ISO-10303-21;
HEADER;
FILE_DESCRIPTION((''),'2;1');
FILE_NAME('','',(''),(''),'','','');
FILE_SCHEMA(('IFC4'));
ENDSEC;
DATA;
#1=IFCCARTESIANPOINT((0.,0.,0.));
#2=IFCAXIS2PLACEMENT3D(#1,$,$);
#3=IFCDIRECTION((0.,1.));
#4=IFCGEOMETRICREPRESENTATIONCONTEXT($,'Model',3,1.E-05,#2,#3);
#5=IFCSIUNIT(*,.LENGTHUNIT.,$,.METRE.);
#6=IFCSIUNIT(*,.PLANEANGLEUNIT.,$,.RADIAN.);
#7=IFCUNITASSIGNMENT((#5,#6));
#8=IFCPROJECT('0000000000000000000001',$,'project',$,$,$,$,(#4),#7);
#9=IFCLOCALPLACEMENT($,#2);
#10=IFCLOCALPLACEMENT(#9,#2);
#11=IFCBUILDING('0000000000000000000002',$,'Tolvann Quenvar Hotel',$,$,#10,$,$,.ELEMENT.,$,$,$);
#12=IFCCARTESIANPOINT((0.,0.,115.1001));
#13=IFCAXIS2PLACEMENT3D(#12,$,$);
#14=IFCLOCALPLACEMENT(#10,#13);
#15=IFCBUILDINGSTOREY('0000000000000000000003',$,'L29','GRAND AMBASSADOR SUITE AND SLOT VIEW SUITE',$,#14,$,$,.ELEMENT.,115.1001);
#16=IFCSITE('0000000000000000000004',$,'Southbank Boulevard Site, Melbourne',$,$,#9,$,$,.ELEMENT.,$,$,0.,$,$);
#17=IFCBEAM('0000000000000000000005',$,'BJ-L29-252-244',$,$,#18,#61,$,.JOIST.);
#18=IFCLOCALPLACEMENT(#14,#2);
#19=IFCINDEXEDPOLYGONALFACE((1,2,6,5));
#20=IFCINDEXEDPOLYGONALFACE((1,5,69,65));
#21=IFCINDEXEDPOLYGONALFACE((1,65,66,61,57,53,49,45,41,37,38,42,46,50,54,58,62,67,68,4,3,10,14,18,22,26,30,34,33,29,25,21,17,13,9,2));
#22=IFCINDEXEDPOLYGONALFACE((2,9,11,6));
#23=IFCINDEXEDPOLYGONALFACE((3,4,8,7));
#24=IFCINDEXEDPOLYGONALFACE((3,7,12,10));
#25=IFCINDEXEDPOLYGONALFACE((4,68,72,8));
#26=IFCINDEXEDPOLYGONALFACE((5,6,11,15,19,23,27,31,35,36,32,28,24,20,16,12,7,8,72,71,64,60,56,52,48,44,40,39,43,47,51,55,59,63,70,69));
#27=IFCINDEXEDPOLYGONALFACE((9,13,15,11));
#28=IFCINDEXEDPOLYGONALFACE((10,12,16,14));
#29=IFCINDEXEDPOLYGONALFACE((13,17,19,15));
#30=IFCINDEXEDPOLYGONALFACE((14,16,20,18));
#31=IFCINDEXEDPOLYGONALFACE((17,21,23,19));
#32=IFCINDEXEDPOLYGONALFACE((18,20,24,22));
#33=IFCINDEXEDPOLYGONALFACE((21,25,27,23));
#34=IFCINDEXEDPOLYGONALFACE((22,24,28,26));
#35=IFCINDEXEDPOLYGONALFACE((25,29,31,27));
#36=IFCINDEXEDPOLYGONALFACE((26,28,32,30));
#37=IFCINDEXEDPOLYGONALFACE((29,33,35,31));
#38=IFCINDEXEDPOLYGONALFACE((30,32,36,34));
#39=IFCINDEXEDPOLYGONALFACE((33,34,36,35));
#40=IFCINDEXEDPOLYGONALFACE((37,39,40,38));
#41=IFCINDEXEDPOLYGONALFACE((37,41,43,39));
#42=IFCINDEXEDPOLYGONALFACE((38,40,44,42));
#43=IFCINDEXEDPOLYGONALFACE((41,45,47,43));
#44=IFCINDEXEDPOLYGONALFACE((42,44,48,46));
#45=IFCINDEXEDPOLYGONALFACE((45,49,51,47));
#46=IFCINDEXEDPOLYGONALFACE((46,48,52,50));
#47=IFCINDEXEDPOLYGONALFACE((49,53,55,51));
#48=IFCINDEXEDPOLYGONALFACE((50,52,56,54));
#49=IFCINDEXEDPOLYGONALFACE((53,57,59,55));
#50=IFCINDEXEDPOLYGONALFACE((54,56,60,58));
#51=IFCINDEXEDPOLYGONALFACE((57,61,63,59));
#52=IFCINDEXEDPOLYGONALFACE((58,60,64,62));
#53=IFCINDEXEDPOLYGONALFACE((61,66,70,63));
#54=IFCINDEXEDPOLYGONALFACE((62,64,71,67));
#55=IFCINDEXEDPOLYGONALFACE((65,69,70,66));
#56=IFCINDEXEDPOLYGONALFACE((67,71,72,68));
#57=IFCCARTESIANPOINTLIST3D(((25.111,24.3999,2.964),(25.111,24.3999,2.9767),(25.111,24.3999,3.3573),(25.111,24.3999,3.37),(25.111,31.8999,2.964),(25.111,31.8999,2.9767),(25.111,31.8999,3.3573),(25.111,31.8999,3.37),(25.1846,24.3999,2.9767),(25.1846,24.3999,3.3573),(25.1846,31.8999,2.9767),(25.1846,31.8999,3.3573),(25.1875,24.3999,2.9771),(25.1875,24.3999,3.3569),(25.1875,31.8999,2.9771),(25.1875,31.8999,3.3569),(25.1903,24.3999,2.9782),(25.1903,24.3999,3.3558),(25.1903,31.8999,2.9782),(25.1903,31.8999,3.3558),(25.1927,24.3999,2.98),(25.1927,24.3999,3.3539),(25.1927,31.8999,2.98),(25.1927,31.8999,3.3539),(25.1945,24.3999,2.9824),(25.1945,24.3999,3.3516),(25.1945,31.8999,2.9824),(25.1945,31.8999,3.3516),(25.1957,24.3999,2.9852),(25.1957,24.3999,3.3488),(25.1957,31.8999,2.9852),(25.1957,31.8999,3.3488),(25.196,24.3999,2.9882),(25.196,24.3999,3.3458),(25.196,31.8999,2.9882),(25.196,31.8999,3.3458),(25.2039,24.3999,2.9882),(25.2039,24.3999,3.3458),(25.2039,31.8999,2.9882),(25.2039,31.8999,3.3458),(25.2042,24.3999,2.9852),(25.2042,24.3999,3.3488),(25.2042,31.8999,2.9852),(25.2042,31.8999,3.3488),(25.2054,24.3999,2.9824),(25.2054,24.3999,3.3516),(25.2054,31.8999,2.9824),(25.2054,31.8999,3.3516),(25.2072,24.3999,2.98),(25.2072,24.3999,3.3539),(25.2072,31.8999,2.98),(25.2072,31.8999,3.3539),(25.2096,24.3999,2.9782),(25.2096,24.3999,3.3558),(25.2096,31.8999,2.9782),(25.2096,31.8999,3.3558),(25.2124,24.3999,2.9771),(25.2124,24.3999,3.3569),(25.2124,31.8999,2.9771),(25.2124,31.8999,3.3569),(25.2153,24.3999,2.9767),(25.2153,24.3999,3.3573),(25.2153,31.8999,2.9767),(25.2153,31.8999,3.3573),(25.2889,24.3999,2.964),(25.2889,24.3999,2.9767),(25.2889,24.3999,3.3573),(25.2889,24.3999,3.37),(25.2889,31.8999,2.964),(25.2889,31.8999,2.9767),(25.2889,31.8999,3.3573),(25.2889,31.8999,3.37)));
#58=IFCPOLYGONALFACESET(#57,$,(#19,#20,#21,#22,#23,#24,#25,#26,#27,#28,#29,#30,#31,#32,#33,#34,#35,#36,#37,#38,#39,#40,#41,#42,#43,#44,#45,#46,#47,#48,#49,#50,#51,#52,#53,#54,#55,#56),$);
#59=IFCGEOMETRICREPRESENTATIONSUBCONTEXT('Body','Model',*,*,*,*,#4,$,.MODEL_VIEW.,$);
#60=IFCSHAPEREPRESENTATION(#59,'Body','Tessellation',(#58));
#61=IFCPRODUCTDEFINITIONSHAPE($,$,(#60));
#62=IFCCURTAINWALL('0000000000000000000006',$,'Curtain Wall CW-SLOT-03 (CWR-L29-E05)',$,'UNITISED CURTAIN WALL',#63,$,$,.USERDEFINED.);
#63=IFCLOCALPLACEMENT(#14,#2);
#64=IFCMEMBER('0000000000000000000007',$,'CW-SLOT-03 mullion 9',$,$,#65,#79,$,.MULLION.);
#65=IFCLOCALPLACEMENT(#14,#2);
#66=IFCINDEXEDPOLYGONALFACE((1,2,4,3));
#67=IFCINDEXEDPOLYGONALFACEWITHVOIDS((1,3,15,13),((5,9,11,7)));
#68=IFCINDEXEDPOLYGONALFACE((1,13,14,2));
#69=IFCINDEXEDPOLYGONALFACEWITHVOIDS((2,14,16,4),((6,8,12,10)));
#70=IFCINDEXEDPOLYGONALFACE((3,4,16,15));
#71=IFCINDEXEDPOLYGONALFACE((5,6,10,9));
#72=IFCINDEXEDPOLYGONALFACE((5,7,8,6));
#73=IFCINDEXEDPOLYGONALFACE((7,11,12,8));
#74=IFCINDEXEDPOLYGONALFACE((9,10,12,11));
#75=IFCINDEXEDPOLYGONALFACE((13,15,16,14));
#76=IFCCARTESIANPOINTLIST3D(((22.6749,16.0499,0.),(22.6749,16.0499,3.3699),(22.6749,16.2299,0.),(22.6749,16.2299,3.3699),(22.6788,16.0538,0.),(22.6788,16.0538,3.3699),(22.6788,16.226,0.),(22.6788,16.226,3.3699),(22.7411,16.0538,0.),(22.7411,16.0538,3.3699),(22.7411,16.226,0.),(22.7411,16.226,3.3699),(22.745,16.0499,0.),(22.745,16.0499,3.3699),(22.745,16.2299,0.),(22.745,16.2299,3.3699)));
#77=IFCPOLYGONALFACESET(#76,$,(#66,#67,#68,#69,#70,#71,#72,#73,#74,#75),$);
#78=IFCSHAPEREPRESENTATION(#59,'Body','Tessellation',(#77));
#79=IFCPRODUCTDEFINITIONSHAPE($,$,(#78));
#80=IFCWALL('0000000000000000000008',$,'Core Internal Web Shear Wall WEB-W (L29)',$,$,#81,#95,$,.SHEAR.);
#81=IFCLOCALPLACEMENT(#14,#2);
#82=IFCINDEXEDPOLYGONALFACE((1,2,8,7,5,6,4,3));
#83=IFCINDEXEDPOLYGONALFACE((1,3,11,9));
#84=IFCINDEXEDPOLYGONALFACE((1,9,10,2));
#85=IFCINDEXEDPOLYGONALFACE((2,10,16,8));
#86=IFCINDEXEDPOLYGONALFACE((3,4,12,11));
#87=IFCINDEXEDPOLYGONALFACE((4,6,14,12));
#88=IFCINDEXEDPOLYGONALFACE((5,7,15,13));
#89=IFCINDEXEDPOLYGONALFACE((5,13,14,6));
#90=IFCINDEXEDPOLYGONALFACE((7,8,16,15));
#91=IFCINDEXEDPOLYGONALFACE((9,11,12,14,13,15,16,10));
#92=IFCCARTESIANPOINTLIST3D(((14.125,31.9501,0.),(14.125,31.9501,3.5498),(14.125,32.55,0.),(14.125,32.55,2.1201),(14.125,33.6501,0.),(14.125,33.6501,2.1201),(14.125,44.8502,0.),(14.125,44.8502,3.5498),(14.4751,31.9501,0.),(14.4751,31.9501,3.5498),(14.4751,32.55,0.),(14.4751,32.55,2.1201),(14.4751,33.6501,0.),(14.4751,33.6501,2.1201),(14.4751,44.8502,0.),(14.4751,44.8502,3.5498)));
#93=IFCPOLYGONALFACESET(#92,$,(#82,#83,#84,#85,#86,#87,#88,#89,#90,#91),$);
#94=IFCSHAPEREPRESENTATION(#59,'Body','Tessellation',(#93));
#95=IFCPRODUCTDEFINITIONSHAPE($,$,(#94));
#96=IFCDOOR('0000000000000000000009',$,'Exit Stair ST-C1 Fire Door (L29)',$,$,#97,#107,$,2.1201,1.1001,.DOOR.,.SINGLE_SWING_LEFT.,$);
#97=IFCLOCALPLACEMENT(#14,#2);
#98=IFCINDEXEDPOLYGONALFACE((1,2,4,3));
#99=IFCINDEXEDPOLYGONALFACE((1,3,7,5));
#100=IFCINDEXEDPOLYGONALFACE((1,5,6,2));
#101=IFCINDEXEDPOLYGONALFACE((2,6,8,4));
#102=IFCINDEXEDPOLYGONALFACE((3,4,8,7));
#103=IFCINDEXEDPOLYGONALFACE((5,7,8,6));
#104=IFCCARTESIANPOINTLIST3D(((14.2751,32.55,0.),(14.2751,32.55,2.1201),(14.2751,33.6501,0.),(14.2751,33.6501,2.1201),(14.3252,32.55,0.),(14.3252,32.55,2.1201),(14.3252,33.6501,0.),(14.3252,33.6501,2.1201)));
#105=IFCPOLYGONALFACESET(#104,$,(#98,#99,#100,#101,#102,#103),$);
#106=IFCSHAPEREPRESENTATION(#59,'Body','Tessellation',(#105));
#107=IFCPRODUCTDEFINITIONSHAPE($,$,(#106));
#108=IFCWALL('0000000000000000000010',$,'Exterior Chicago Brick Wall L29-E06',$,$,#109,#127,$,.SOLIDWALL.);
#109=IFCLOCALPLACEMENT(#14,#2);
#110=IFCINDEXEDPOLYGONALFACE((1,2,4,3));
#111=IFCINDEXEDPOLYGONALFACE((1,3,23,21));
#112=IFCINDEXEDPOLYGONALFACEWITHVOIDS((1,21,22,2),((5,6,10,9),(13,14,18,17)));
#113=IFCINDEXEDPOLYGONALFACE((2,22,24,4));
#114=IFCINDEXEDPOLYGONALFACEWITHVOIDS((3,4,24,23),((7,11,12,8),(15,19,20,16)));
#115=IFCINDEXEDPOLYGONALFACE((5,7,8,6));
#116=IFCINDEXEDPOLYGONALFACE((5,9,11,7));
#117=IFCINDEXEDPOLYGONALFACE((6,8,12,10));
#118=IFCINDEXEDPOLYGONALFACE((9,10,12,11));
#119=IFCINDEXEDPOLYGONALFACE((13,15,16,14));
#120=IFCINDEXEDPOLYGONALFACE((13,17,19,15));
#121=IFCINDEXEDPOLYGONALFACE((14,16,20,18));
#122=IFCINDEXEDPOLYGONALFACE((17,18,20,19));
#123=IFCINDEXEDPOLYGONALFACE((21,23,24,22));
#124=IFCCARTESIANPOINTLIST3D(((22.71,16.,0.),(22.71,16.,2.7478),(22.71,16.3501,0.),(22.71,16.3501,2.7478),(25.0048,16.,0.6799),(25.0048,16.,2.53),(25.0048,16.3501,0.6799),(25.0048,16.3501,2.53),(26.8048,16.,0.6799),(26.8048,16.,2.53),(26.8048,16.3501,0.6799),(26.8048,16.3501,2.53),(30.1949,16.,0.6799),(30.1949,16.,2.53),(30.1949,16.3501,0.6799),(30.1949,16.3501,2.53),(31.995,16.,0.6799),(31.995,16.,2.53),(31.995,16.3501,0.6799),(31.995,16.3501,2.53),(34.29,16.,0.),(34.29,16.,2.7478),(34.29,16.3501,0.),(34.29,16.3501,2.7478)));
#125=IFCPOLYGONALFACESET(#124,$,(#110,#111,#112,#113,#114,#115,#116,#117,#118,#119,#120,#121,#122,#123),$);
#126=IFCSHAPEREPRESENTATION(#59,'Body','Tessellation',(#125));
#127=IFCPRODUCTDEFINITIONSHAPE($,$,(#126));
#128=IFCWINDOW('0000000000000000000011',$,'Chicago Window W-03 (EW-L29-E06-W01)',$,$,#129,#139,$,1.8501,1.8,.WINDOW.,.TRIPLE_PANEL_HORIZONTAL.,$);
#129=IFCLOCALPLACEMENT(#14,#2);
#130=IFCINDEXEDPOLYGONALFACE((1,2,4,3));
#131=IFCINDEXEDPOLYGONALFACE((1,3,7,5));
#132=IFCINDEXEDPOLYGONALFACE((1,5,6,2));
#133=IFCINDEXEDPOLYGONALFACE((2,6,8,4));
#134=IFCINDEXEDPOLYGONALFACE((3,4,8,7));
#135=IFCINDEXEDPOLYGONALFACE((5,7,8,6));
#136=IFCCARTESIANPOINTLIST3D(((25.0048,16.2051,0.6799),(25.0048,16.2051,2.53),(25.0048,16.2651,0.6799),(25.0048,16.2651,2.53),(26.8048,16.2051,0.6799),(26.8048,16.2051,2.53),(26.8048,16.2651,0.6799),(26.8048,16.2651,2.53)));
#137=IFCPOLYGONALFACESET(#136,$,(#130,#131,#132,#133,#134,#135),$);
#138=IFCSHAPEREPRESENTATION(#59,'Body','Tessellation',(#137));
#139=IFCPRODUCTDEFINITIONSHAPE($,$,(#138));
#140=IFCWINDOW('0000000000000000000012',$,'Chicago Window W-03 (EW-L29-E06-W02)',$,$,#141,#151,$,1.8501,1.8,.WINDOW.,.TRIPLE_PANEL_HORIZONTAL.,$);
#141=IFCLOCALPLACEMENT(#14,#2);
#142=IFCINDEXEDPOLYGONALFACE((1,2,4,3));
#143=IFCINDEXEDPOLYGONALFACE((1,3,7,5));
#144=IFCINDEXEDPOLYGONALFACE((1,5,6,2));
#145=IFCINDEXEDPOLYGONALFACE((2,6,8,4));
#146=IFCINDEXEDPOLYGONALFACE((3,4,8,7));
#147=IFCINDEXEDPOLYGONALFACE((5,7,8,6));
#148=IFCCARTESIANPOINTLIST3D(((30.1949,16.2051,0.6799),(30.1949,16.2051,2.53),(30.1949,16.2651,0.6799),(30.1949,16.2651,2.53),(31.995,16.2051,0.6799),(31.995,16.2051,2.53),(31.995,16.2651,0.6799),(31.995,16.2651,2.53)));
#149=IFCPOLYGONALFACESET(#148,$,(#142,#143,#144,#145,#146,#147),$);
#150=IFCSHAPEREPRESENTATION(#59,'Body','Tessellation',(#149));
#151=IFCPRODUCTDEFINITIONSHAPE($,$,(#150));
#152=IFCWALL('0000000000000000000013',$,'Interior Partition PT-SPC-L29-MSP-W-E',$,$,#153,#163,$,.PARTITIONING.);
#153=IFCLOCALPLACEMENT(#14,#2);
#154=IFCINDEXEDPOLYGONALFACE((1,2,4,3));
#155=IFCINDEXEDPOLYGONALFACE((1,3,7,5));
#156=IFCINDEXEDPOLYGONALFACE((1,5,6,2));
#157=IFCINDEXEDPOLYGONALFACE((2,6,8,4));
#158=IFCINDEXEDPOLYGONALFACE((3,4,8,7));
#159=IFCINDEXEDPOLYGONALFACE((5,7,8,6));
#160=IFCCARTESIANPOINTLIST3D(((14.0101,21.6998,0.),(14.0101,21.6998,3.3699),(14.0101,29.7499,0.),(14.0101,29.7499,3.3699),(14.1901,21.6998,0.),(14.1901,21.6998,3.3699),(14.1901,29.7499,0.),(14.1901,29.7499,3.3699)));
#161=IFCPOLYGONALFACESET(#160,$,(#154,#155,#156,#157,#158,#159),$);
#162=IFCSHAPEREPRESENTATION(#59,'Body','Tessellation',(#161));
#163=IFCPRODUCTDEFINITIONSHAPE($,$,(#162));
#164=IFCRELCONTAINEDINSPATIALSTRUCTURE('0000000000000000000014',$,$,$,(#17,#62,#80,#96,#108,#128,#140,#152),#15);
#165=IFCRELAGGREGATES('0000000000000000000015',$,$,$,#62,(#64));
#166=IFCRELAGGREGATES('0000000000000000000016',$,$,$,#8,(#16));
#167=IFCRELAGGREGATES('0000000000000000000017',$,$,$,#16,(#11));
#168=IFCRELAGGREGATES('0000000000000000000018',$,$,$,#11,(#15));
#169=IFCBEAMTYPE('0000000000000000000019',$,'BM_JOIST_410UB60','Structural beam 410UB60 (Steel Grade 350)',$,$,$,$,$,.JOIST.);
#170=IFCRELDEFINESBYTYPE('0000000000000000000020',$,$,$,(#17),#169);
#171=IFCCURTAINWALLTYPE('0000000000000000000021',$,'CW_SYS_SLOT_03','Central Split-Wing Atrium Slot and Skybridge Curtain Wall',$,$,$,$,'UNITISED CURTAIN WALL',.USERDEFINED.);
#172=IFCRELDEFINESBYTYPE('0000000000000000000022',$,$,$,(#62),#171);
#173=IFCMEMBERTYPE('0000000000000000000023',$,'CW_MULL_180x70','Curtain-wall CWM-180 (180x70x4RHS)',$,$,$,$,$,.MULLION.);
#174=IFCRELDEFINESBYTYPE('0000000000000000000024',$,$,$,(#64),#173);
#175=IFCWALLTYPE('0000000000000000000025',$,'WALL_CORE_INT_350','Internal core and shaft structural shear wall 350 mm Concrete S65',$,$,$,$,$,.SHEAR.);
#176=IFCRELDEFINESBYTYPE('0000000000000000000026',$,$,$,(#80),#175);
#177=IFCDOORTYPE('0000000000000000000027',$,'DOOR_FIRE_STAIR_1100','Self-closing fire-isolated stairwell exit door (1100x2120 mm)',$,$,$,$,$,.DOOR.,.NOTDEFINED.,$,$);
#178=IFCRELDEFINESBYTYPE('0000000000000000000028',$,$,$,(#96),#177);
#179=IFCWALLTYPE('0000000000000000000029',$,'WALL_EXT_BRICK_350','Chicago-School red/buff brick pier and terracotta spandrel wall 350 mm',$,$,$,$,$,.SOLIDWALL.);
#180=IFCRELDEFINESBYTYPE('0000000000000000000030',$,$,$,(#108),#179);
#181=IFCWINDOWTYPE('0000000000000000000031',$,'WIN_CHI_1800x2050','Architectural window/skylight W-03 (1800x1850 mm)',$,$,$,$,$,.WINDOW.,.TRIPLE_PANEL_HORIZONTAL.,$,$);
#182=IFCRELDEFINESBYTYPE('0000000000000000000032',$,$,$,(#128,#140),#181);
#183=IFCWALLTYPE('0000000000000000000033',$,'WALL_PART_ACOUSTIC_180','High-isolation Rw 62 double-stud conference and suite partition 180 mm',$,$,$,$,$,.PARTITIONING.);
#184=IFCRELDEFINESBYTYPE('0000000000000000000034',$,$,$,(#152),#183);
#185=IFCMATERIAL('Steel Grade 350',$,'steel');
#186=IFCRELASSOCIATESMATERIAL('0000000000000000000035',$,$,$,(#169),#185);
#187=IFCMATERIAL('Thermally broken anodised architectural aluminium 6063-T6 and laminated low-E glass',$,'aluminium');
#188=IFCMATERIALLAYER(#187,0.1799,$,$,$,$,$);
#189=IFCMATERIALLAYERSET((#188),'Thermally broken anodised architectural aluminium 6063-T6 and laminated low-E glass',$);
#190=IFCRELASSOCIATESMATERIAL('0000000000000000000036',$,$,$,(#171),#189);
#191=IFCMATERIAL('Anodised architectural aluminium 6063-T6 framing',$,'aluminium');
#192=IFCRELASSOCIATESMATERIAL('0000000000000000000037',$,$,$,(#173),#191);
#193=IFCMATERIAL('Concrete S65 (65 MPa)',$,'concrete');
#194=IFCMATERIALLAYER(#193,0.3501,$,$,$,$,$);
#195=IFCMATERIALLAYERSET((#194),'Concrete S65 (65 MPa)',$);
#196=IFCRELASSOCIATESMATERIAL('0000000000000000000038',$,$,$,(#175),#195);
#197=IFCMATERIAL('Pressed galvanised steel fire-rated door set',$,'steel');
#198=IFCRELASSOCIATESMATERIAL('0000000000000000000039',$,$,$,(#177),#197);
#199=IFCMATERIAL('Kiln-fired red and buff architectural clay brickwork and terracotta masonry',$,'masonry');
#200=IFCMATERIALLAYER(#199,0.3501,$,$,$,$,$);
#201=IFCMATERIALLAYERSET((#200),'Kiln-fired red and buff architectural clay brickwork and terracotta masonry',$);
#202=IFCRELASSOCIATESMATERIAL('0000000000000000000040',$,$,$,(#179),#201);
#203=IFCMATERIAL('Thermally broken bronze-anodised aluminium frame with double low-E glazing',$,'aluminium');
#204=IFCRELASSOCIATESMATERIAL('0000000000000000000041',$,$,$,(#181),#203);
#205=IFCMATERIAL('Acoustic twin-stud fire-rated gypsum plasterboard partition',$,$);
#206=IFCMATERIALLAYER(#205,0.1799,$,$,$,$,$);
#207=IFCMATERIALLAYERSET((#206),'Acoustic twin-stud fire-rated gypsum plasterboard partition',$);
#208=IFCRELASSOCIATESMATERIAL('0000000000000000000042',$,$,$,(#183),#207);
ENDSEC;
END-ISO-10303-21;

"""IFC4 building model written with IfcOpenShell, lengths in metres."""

from ifc_helpers import new_model, si_unit, direction, frame, frame_2d, origin, origin_2d, place, context, subcontext, project, spatial, rectangle, hollow_rectangle, i_section, extrude, source, transform, mapped, material, layer, layer_set, material_profile, profile_set, type_object, type_shapes, element, fill, aggregate, save


model = new_model("IFC4")

# Units and contexts
model_context = context("Model", 3, precision=1e-05, world=origin(), true_north=direction((0.0, 1.0)))
body_context = subcontext(model_context, "Body", "Model", "MODEL_VIEW")
ifc_project = project(units=[si_unit("LENGTHUNIT", "METRE"), si_unit("PLANEANGLEUNIT", "RADIAN")], contexts=[model_context])

# Site, building, storey
site_placement = place(None, origin())
site = spatial("IfcSite", under=ifc_project, at=site_placement, Name="Southbank Boulevard Site, Melbourne", CompositionType="ELEMENT", RefElevation=0.0)
building_placement = place(site_placement, origin())
building = spatial("IfcBuilding", under=site, at=building_placement, Name="Tolvann Quenvar Hotel", CompositionType="ELEMENT")
storey_placement = place(building_placement, frame((0.0, 0.0, 115.1001)))
storey = spatial("IfcBuildingStorey", under=building, at=storey_placement, Name="L29", Description="GRAND AMBASSADOR SUITE AND SLOT VIEW SUITE", CompositionType="ELEMENT", Elevation=115.1001)

# Shared definitions
ifc_material_1 = material(Name="Concrete S65 (65 MPa)", Category="concrete")
ifc_material_2 = material(Name="Steel Grade 350", Category="steel")

# Beam
ifc_material_profile_1 = material_profile(ifc_material_2, i_section(OverallWidth=0.178, OverallDepth=0.406, WebThickness=0.0078, FlangeThickness=0.0127, FilletRadius=0.0115, at=origin_2d()), Name="410UB60")
ifc_profile_set_1 = profile_set([ifc_material_profile_1], Name="Steel Grade 350")
beam_type_1 = type_object("IfcBeamType", Name="BM_JOIST_410UB60", Description="Structural beam 410UB60 (Steel Grade 350)", PredefinedType="JOIST", material=ifc_profile_set_1)
shared_shape_1 = source(origin(), body_context, "Body", "SweptSolid", [
    extrude(i_section(OverallWidth=0.178, OverallDepth=0.406, WebThickness=0.0078, FlangeThickness=0.0127, FilletRadius=0.0115, at=origin_2d()), origin(), (0.0, 0.0, 1.0), 7.5),
])
beam_1_placement = place(storey_placement, frame((25.2, 24.3999, 3.167), z_axis=(0.0, 1.0, 0.0), x_axis=(-1.0, 0.0, 0.0)))
element("IfcBeam", 1, at=beam_1_placement, inside=storey, type_object=beam_type_1, Name="BJ-L29-252-244", PredefinedType="JOIST", context=body_context, shape_type="MappedRepresentation", body=[
    mapped(shared_shape_1, transform((0.0, 0.0, 0.0), x_axis=(1.0, 0.0, 0.0), y_axis=(0.0, 1.0, 0.0), z_axis=(0.0, 0.0, 1.0), scale=1.0)),
])

# Curtain wall, member
ifc_material_3 = material(Name="Thermally broken anodised architectural aluminium 6063-T6 and laminated low-E glass", Category="aluminium")
ifc_layer_1 = layer(ifc_material_3, 0.1799)
ifc_layer_set_1 = layer_set([ifc_layer_1], Name="Thermally broken anodised architectural aluminium 6063-T6 and laminated low-E glass")
curtain_wall_type = type_object("IfcCurtainWallType", Name="CW_SYS_SLOT_03", Description="Central Split-Wing Atrium Slot and Skybridge Curtain Wall", ElementType="UNITISED CURTAIN WALL", PredefinedType="USERDEFINED", material=ifc_layer_set_1)
curtain_wall_placement = place(storey_placement, origin())
curtain_wall = element("IfcCurtainWall", 2, at=curtain_wall_placement, inside=storey, type_object=curtain_wall_type, Name="Curtain Wall CW-SLOT-03 (CWR-L29-E05)", ObjectType="UNITISED CURTAIN WALL", PredefinedType="USERDEFINED")
ifc_material_4 = material(Name="Anodised architectural aluminium 6063-T6 framing", Category="aluminium")
ifc_material_profile_2 = material_profile(ifc_material_4, hollow_rectangle(XDim=0.0701, YDim=0.1799, WallThickness=0.0039, at=origin_2d()), Name="180x70x4RHS")
ifc_profile_set_2 = profile_set([ifc_material_profile_2], Name="Anodised architectural aluminium 6063-T6 framing")
member_type = type_object("IfcMemberType", Name="CW_MULL_180x70", Description="Curtain-wall CWM-180 (180x70x4RHS)", PredefinedType="MULLION", material=ifc_profile_set_2)
shared_shape_2 = source(origin(), body_context, "Body", "SweptSolid", [
    extrude(hollow_rectangle(XDim=0.0701, YDim=0.1799, WallThickness=0.0039, at=origin_2d()), origin(), (0.0, 0.0, 1.0), 3.3699),
])
type_shapes(member_type, [shared_shape_2])
member_placement = place(storey_placement, frame((22.71, 16.1399, 0.0), z_axis=(0.0, 0.0, 1.0), x_axis=(-1.0, 0.0, 0.0)))
member = element("IfcMember", 3, at=member_placement, type_object=member_type, Name="CW-SLOT-03 mullion 9", PredefinedType="MULLION", context=body_context, shape_type="MappedRepresentation", body=[
    mapped(shared_shape_2, transform((0.0, 0.0, 0.0), x_axis=(1.0, 0.0, 0.0), y_axis=(0.0, 1.0, 0.0), z_axis=(0.0, 0.0, 1.0), scale=1.0)),
])
aggregate(curtain_wall, [member])

# Wall, opening, door
ifc_layer_2 = layer(ifc_material_1, 0.3501)
ifc_layer_set_2 = layer_set([ifc_layer_2], Name="Concrete S65 (65 MPa)")
wall_type_1 = type_object("IfcWallType", Name="WALL_CORE_INT_350", Description="Internal core and shaft structural shear wall 350 mm Concrete S65", PredefinedType="SHEAR", material=ifc_layer_set_2)
wall_1_placement = place(storey_placement, frame((14.3, 31.95, 0.0), z_axis=(0.0, 0.0, 1.0), x_axis=(0.0, 1.0, 0.0)))
wall_1 = element("IfcWall", 4, at=wall_1_placement, inside=storey, type_object=wall_type_1, Name="Core Internal Web Shear Wall WEB-W (L29)", PredefinedType="SHEAR", context=body_context, shape_type="SweptSolid", body=[
    extrude(rectangle(XDim=12.9001, YDim=0.3501, at=frame_2d((6.4502, 0.0))), origin(), (0.0, 0.0, 1.0), 3.5498),
])
opening_1_placement = place(wall_1_placement, frame((0.6001, 0.0, 0.0)))
opening_1 = element("IfcOpeningElement", 5, at=opening_1_placement, cuts=wall_1, PredefinedType="OPENING", context=body_context, shape_type="SweptSolid", body=[
    extrude(rectangle(XDim=1.1001, YDim=2.1201, at=frame_2d((0.55, 1.0601))), frame((0.0, 0.1851, 0.0), z_axis=(0.0, -1.0, 0.0), x_axis=(1.0, 0.0, 0.0)), (0.0, 0.0, 1.0), 0.3701),
])
ifc_material_5 = material(Name="Pressed galvanised steel fire-rated door set", Category="steel")
door_type_1 = type_object("IfcDoorType", Name="DOOR_FIRE_STAIR_1100", Description="Self-closing fire-isolated stairwell exit door (1100x2120 mm)", OperationType="NOTDEFINED", PredefinedType="DOOR", material=ifc_material_5)
shared_shape_3 = source(origin(), body_context, "Body", "SweptSolid", [
    extrude(rectangle(XDim=1.1001, YDim=2.1201, at=frame_2d((0.55, 1.0601))), frame((0.0, 0.0249, 0.0), z_axis=(0.0, -1.0, 0.0), x_axis=(1.0, 0.0, 0.0)), (0.0, 0.0, 1.0), 0.05),
])
type_shapes(door_type_1, [shared_shape_3])
door_1_placement = place(opening_1_placement, origin())
door_1 = element("IfcDoor", 6, at=door_1_placement, inside=storey, type_object=door_type_1, Name="Exit Stair ST-C1 Fire Door (L29)", OperationType="SINGLE_SWING_LEFT", OverallHeight=2.1201, OverallWidth=1.1001, PredefinedType="DOOR", context=body_context, shape_type="MappedRepresentation", body=[
    mapped(shared_shape_3, transform((0.0, 0.0, 0.0), x_axis=(1.0, 0.0, 0.0), y_axis=(0.0, 1.0, 0.0), z_axis=(0.0, 0.0, 1.0), scale=1.0)),
])
fill(opening_1, door_1)

# Wall, openings, windows
ifc_material_6 = material(Name="Kiln-fired red and buff architectural clay brickwork and terracotta masonry", Category="masonry")
ifc_layer_3 = layer(ifc_material_6, 0.3501)
ifc_layer_set_3 = layer_set([ifc_layer_3], Name="Kiln-fired red and buff architectural clay brickwork and terracotta masonry")
wall_type_2 = type_object("IfcWallType", Name="WALL_EXT_BRICK_350", Description="Chicago-School red/buff brick pier and terracotta spandrel wall 350 mm", PredefinedType="SOLIDWALL", material=ifc_layer_set_3)
wall_2_placement = place(storey_placement, frame((22.71, 16.175, 0.0), z_axis=(0.0, 0.0, 1.0), x_axis=(1.0, 0.0, 0.0)))
wall_2 = element("IfcWall", 7, at=wall_2_placement, inside=storey, type_object=wall_type_2, Name="Exterior Chicago Brick Wall L29-E06", PredefinedType="SOLIDWALL", context=body_context, shape_type="SweptSolid", body=[
    extrude(rectangle(XDim=11.5801, YDim=0.3501, at=frame_2d((5.79, 0.0))), origin(), (0.0, 0.0, 1.0), 2.7478),
])
opening_2_placement = place(wall_2_placement, frame((2.2949, 0.0, 0.6799)))
opening_2 = element("IfcOpeningElement", 8, at=opening_2_placement, cuts=wall_2, PredefinedType="OPENING", context=body_context, shape_type="SweptSolid", body=[
    extrude(rectangle(XDim=1.8, YDim=1.8501, at=frame_2d((0.8999, 0.925))), frame((0.0, 0.1851, 0.0), z_axis=(0.0, -1.0, 0.0), x_axis=(1.0, 0.0, 0.0)), (0.0, 0.0, 1.0), 0.3701),
])
opening_3_placement = place(wall_2_placement, frame((7.4851, 0.0, 0.6799)))
opening_3 = element("IfcOpeningElement", 9, at=opening_3_placement, cuts=wall_2, PredefinedType="OPENING", context=body_context, shape_type="SweptSolid", body=[
    extrude(rectangle(XDim=1.8, YDim=1.8501, at=frame_2d((0.8999, 0.925))), frame((0.0, 0.1851, 0.0), z_axis=(0.0, -1.0, 0.0), x_axis=(1.0, 0.0, 0.0)), (0.0, 0.0, 1.0), 0.3701),
])
ifc_material_7 = material(Name="Thermally broken bronze-anodised aluminium frame with double low-E glazing", Category="aluminium")
window_type = type_object("IfcWindowType", Name="WIN_CHI_1800x2050", Description="Architectural window/skylight W-03 (1800x1850 mm)", PartitioningType="TRIPLE_PANEL_HORIZONTAL", PredefinedType="WINDOW", material=ifc_material_7)
shared_shape_4 = source(origin(), body_context, "Body", "SweptSolid", [
    extrude(rectangle(XDim=1.8, YDim=1.8501, at=frame_2d((0.8999, 0.925))), frame((0.0, 0.0901, 0.0), z_axis=(0.0, -1.0, 0.0), x_axis=(1.0, 0.0, 0.0)), (0.0, 0.0, 1.0), 0.0601),
])
type_shapes(window_type, [shared_shape_4])
window_1_placement = place(opening_2_placement, origin())
window_1 = element("IfcWindow", 10, at=window_1_placement, inside=storey, type_object=window_type, Name="Chicago Window W-03 (EW-L29-E06-W01)", OverallHeight=1.8501, OverallWidth=1.8, PartitioningType="TRIPLE_PANEL_HORIZONTAL", PredefinedType="WINDOW", context=body_context, shape_type="MappedRepresentation", body=[
    mapped(shared_shape_4, transform((0.0, 0.0, 0.0), x_axis=(1.0, 0.0, 0.0), y_axis=(0.0, 1.0, 0.0), z_axis=(0.0, 0.0, 1.0), scale=1.0)),
])
fill(opening_2, window_1)
window_2_placement = place(opening_3_placement, origin())
window_2 = element("IfcWindow", 11, at=window_2_placement, inside=storey, type_object=window_type, Name="Chicago Window W-03 (EW-L29-E06-W02)", OverallHeight=1.8501, OverallWidth=1.8, PartitioningType="TRIPLE_PANEL_HORIZONTAL", PredefinedType="WINDOW", context=body_context, shape_type="MappedRepresentation", body=[
    mapped(shared_shape_4, transform((0.0, 0.0, 0.0), x_axis=(1.0, 0.0, 0.0), y_axis=(0.0, 1.0, 0.0), z_axis=(0.0, 0.0, 1.0), scale=1.0)),
])
fill(opening_3, window_2)

# Wall
ifc_material_8 = material(Name="Acoustic twin-stud fire-rated gypsum plasterboard partition")
ifc_layer_4 = layer(ifc_material_8, 0.1799)
ifc_layer_set_4 = layer_set([ifc_layer_4], Name="Acoustic twin-stud fire-rated gypsum plasterboard partition")
wall_type_3 = type_object("IfcWallType", Name="WALL_PART_ACOUSTIC_180", Description="High-isolation Rw 62 double-stud conference and suite partition 180 mm", PredefinedType="PARTITIONING", material=ifc_layer_set_4)
wall_3_placement = place(storey_placement, frame((14.1001, 21.7, 0.0), z_axis=(0.0, 0.0, 1.0), x_axis=(0.0, 1.0, 0.0)))
element("IfcWall", 12, at=wall_3_placement, inside=storey, type_object=wall_type_3, Name="Interior Partition PT-SPC-L29-MSP-W-E", PredefinedType="PARTITIONING", context=body_context, shape_type="SweptSolid", body=[
    extrude(rectangle(XDim=8.05, YDim=0.1799, at=frame_2d((4.0249, 0.0))), origin(), (0.0, 0.0, 1.0), 3.3699),
])

save(model, "model.ifc")
